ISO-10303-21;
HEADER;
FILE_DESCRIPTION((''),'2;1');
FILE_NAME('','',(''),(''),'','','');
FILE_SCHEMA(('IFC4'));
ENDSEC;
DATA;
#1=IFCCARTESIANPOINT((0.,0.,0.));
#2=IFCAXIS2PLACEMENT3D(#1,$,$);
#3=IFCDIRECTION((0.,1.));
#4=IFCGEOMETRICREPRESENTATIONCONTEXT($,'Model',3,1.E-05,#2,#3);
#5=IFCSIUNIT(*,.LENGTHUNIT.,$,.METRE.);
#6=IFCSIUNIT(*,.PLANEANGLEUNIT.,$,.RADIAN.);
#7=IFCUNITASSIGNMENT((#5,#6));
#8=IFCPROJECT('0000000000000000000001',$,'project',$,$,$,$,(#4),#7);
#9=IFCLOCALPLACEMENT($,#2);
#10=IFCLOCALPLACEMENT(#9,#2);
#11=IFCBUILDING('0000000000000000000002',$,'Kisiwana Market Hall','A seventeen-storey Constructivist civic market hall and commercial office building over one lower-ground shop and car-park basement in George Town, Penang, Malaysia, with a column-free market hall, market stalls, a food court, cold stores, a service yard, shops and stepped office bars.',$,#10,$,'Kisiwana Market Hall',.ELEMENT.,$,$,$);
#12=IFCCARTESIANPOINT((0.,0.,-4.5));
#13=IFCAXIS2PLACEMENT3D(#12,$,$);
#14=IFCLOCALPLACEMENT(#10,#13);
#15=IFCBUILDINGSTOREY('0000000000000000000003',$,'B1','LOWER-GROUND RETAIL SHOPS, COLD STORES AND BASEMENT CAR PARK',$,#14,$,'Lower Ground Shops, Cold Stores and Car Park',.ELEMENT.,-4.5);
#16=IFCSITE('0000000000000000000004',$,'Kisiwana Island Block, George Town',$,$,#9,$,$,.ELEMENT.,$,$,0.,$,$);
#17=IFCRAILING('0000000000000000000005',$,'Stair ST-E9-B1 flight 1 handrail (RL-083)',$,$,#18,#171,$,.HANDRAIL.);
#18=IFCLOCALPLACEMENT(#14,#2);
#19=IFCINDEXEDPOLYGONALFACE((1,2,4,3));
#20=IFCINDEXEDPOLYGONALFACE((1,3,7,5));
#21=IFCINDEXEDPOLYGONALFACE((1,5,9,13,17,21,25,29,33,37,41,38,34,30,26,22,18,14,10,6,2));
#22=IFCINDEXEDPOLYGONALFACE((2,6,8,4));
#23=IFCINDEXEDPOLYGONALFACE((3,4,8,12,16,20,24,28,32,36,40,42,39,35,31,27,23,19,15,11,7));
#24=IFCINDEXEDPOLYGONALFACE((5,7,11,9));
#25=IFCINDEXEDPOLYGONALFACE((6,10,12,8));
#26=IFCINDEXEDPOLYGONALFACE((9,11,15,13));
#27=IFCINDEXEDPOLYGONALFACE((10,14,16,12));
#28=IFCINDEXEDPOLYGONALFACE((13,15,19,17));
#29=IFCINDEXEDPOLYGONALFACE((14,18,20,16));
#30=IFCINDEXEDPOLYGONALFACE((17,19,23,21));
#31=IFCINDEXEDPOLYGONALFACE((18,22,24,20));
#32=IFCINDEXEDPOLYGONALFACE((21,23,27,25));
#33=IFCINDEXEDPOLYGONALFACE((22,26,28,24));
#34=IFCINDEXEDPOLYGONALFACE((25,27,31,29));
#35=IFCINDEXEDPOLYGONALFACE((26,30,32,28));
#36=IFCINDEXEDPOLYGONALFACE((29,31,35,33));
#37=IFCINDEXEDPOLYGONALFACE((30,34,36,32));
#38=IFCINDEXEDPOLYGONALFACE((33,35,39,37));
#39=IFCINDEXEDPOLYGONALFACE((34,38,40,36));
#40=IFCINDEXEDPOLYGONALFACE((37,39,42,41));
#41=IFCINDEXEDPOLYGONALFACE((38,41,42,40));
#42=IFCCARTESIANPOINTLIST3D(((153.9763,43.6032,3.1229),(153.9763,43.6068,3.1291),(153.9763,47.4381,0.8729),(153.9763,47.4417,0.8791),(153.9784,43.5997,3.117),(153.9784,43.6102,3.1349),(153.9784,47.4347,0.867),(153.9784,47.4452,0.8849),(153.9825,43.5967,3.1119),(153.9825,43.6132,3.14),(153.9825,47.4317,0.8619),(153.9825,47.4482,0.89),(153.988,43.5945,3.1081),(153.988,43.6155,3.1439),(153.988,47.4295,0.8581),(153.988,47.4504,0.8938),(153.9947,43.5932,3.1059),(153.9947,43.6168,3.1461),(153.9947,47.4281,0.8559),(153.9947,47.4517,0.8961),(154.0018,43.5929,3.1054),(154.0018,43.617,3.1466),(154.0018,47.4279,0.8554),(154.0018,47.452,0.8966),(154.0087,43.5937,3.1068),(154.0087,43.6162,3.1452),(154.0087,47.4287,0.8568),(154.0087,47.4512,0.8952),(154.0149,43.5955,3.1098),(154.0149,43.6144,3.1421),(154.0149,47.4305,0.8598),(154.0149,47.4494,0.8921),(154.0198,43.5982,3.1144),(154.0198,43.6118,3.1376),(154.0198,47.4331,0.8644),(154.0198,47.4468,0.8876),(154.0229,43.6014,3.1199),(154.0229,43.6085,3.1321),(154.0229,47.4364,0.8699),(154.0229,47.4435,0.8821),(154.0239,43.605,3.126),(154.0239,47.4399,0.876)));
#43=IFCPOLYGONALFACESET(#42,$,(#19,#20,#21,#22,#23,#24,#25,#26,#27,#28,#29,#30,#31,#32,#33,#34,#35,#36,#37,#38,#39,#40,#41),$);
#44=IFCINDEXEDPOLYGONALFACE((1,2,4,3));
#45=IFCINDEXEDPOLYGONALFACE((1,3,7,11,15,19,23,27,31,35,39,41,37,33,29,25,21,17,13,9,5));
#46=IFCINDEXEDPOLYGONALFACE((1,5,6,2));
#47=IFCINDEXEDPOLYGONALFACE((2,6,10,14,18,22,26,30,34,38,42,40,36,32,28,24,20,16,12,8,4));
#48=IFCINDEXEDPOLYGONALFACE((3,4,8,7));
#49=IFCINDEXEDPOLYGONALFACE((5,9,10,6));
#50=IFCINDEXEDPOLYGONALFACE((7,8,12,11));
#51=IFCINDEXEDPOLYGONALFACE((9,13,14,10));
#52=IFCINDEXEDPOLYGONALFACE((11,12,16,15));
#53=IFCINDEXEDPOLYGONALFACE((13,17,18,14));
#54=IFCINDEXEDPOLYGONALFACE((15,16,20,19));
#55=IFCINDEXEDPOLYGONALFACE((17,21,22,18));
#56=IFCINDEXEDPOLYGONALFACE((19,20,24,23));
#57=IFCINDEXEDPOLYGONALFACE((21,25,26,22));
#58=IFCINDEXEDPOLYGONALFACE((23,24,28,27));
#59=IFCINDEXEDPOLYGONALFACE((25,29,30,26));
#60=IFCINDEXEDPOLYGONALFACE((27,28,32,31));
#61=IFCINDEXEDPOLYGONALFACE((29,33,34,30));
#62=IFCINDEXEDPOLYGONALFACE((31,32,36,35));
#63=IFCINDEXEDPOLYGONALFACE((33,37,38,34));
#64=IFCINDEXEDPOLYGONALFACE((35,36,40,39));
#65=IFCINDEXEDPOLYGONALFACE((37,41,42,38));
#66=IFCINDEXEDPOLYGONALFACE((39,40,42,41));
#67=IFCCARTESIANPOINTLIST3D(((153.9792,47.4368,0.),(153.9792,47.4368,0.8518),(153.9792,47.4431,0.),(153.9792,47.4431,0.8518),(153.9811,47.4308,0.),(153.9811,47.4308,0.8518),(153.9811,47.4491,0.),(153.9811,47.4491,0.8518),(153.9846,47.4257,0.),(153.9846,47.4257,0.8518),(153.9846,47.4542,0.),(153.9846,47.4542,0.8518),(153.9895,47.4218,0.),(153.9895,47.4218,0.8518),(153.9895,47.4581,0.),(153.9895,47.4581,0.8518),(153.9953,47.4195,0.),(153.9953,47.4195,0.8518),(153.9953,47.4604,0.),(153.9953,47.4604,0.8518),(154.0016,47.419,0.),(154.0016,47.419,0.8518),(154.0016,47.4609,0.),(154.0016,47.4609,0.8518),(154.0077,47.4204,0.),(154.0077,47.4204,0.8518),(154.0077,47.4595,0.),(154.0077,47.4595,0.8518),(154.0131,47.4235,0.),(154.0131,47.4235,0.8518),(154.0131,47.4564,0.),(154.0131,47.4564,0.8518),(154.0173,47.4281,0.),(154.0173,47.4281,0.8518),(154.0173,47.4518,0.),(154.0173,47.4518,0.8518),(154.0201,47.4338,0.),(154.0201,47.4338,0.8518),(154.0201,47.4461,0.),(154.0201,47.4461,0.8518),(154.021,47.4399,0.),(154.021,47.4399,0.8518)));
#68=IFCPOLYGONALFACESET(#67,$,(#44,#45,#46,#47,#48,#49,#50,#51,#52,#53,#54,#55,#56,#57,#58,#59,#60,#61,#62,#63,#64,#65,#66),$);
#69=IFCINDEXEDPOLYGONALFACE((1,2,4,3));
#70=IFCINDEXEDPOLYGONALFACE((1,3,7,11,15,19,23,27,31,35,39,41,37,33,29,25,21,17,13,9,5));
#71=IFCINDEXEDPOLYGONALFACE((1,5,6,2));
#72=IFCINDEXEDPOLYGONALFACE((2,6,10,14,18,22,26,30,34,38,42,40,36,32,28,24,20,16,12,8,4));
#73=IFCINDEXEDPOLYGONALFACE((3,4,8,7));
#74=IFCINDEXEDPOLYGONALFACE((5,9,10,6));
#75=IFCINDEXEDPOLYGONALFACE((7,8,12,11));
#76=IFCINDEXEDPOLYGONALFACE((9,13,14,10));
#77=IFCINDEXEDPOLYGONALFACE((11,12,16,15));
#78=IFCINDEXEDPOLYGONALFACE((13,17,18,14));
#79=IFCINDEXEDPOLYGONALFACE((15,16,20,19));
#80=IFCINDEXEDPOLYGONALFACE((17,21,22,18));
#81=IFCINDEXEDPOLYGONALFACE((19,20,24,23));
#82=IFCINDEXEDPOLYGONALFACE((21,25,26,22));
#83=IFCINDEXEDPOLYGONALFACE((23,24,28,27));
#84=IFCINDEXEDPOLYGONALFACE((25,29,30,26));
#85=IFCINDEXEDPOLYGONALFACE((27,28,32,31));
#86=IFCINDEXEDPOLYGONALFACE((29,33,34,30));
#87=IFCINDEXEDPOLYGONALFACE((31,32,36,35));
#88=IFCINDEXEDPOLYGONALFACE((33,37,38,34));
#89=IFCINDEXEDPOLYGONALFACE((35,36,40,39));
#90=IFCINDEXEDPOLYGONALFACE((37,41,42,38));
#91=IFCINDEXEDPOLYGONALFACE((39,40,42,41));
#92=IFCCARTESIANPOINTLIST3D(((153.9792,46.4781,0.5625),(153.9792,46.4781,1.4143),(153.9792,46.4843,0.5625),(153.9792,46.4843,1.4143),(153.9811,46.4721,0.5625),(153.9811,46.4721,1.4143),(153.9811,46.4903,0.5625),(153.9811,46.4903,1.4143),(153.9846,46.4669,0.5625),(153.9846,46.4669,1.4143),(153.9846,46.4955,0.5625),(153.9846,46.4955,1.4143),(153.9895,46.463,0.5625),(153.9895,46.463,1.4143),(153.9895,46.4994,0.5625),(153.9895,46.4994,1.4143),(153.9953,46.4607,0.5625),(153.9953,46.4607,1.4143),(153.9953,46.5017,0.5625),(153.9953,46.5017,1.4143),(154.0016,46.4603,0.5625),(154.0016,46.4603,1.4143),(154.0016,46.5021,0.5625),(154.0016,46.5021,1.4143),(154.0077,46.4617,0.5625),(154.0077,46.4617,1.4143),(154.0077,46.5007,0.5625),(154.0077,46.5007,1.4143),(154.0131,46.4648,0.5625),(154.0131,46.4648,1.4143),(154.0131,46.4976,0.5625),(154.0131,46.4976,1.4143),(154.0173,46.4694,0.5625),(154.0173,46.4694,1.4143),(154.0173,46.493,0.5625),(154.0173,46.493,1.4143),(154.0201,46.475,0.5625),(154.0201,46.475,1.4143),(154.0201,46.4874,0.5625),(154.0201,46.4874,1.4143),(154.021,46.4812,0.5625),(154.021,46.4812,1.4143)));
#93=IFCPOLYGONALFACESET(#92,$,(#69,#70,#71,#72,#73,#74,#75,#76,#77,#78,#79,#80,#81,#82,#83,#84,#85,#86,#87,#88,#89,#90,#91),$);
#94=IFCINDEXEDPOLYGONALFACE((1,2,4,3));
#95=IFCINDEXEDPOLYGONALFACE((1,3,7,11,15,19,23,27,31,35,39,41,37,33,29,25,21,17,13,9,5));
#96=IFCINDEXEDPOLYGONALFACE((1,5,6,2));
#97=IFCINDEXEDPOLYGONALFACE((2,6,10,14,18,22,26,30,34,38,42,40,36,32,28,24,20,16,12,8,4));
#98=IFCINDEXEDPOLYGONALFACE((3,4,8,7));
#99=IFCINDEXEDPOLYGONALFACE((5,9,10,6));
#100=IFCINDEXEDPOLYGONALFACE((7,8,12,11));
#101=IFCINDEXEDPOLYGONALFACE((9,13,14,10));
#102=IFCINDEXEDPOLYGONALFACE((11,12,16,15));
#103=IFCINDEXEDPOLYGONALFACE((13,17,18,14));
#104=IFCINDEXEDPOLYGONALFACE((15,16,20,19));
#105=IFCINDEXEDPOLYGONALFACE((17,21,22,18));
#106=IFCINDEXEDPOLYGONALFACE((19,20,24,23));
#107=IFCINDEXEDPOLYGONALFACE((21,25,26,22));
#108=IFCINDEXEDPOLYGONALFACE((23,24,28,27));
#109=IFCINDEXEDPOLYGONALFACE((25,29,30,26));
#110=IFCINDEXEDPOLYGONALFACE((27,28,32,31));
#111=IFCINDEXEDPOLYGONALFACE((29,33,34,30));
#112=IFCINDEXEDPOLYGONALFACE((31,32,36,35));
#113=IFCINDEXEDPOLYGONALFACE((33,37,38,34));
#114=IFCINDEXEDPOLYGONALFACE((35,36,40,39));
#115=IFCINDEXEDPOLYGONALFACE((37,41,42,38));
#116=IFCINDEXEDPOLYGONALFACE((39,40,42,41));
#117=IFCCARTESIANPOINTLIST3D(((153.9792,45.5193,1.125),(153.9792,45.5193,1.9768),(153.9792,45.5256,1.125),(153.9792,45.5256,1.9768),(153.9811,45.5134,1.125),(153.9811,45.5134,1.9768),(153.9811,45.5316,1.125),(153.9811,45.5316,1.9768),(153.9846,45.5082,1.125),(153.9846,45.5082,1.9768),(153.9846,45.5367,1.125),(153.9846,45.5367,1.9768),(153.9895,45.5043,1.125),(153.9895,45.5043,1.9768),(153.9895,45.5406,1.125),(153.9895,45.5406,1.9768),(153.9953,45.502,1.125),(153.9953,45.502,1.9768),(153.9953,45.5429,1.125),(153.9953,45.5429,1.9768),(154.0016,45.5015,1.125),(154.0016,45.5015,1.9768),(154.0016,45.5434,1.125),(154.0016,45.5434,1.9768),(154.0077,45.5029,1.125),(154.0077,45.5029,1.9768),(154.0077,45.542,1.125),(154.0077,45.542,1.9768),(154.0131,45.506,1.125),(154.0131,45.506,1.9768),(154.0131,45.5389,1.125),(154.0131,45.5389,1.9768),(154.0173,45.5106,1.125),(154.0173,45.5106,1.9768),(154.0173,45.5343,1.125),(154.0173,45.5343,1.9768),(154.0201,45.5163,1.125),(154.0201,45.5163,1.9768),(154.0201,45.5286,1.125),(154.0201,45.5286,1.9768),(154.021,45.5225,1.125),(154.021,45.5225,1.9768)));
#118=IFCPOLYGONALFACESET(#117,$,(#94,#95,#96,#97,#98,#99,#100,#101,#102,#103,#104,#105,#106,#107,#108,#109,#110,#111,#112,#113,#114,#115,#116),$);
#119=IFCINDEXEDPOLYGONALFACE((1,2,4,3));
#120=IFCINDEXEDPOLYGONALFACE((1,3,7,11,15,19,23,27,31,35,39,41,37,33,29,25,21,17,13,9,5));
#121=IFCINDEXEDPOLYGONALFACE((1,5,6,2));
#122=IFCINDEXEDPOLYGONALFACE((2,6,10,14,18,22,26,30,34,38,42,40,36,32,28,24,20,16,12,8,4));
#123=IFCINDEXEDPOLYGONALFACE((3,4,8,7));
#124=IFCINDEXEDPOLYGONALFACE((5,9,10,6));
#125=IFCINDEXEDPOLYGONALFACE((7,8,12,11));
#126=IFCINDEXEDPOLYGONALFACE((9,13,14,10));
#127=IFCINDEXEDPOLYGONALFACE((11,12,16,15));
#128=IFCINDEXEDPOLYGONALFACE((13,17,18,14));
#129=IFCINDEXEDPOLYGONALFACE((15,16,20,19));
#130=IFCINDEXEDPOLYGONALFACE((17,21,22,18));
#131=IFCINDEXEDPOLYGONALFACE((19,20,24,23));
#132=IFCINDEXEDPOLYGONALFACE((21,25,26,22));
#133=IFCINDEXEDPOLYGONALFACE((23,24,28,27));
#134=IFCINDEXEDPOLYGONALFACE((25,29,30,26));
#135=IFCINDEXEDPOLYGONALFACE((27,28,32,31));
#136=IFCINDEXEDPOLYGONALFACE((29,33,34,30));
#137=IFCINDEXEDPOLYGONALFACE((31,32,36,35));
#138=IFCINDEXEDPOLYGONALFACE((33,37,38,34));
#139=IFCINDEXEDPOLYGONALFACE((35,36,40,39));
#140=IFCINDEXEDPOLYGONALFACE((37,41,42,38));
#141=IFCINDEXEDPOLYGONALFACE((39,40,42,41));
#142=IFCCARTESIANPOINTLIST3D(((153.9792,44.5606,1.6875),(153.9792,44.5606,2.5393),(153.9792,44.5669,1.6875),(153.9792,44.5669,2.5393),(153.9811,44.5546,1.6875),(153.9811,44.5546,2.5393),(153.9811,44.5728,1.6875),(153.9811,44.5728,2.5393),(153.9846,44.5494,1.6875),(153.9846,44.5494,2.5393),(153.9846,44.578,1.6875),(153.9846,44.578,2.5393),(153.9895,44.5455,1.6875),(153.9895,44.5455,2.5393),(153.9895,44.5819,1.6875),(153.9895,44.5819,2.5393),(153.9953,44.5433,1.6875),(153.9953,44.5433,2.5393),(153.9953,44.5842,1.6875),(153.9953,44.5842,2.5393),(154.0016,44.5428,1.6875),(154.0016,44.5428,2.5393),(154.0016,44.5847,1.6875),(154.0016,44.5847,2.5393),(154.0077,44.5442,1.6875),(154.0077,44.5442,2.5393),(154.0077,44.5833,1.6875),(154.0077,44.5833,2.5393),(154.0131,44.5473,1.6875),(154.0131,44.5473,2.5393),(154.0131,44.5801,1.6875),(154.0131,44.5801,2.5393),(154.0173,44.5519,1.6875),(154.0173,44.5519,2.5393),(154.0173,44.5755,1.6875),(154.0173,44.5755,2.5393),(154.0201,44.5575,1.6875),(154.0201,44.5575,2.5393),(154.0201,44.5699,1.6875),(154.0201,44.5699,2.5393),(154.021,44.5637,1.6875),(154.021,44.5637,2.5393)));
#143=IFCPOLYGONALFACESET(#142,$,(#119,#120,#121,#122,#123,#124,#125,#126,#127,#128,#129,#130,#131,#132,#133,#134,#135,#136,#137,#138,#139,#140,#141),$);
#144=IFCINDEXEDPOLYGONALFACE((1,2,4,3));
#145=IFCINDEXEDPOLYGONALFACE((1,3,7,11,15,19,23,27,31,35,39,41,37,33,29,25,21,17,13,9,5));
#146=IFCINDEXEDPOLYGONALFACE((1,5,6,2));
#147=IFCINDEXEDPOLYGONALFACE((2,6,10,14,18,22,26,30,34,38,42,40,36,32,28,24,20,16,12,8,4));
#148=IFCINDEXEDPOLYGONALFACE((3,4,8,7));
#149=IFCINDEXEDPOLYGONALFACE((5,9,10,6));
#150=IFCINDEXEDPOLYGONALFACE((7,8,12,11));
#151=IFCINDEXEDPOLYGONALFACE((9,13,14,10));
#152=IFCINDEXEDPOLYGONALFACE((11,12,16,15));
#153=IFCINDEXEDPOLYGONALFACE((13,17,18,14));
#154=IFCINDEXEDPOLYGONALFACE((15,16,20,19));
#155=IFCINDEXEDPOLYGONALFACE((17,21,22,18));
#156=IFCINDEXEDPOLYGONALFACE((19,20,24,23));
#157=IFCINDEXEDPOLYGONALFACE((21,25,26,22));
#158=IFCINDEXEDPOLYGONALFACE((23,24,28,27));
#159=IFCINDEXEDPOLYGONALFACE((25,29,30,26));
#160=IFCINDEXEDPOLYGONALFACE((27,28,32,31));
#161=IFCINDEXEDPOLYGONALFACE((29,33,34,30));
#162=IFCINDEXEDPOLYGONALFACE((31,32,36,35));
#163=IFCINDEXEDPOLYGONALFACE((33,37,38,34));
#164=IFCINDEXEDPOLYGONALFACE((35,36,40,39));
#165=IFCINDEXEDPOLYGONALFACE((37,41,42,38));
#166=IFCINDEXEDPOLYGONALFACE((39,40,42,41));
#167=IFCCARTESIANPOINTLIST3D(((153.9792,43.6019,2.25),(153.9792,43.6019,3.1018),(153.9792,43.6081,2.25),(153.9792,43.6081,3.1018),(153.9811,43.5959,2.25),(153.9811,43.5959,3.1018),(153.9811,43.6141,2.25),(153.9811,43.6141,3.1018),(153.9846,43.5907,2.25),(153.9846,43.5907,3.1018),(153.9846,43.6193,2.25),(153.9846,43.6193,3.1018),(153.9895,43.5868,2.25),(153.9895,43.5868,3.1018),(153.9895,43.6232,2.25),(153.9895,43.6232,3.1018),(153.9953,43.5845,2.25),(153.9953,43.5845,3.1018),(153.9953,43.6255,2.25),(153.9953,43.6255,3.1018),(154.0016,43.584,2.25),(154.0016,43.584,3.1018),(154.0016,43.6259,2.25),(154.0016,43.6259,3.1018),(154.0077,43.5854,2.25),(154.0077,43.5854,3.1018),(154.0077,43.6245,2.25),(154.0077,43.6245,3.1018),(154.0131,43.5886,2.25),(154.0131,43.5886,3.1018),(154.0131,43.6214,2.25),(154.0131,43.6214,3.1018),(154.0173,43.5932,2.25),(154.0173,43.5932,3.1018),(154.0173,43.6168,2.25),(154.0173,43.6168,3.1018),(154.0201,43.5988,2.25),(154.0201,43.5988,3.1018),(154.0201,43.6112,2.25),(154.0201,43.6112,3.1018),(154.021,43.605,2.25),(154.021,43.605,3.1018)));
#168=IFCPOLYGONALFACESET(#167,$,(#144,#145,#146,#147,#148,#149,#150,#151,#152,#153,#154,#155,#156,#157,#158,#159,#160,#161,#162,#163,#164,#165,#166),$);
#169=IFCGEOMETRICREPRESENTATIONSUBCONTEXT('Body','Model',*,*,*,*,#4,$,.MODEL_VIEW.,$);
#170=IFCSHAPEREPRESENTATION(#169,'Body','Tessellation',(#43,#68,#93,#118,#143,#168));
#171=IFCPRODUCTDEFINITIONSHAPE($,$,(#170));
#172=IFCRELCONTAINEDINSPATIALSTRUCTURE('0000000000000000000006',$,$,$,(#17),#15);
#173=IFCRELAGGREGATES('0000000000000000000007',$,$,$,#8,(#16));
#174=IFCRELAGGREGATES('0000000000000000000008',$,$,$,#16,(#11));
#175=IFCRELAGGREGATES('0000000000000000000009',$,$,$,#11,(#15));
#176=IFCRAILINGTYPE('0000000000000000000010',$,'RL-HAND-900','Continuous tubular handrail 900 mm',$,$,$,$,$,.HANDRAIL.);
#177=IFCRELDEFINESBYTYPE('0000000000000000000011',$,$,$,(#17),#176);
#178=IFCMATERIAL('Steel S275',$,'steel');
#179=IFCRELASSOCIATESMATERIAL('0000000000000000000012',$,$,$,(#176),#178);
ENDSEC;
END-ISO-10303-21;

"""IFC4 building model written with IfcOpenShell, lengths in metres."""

from ifc_helpers import new_model, si_unit, direction, frame, origin, origin_2d, place, context, subcontext, project, spatial, circle, extrude, material, type_object, element, save


model = new_model("IFC4")

# Units and contexts
model_context = context("Model", 3, precision=1e-05, world=origin(), true_north=direction((0.0, 1.0)))
body_context = subcontext(model_context, "Body", "Model", "MODEL_VIEW")
ifc_project = project(units=[si_unit("LENGTHUNIT", "METRE"), si_unit("PLANEANGLEUNIT", "RADIAN")], contexts=[model_context])

# Site, building, storey
site_placement = place(None, origin())
site = spatial("IfcSite", under=ifc_project, at=site_placement, Name="Kisiwana Island Block, George Town", CompositionType="ELEMENT", RefElevation=0.0)
building_placement = place(site_placement, origin())
building = spatial("IfcBuilding", under=site, at=building_placement, Name="Kisiwana Market Hall", Description="A seventeen-storey Constructivist civic market hall and commercial office building over one lower-ground shop and car-park basement in George Town, Penang, Malaysia, with a column-free market hall, market stalls, a food court, cold stores, a service yard, shops and stepped office bars.", LongName="Kisiwana Market Hall", CompositionType="ELEMENT")
storey_placement = place(building_placement, frame((0.0, 0.0, -4.5)))
storey = spatial("IfcBuildingStorey", under=building, at=storey_placement, Name="B1", Description="LOWER-GROUND RETAIL SHOPS, COLD STORES AND BASEMENT CAR PARK", LongName="Lower Ground Shops, Cold Stores and Car Park", CompositionType="ELEMENT", Elevation=-4.5)

# Railing
ifc_material_1 = material(Name="Steel S275", Category="steel")
railing_type_1 = type_object("IfcRailingType", Name="RL-HAND-900", Description="Continuous tubular handrail 900 mm", PredefinedType="HANDRAIL", material=ifc_material_1)
for number, where, name in (
    (1, (154.0, 47.4399, 0.0), "Stair ST-E9-B1 flight 1 handrail (RL-083)"),
):
    element("IfcRailing", number, at=place(storey_placement, frame(where)), inside=storey, type_object=railing_type_1, Name=name, PredefinedType="HANDRAIL", context=body_context, shape_type="SweptSolid", body=[
        extrude(circle(Radius=0.0239, at=origin_2d()), frame((0.0, 0.0, 0.876), z_axis=(0.0, -0.86251, 0.506041), x_axis=(1.0, 0.0, 0.0)), (0.0, 0.0, 1.0), 4.4463),
        extrude(circle(Radius=0.021, at=origin_2d()), origin(), (0.0, 0.0, 1.0), 0.8518),
        extrude(circle(Radius=0.021, at=origin_2d()), frame((0.0, -0.9587, 0.5625)), (0.0, 0.0, 1.0), 0.8518),
        extrude(circle(Radius=0.021, at=origin_2d()), frame((0.0, -1.9175, 1.125)), (0.0, 0.0, 1.0), 0.8518),
        extrude(circle(Radius=0.021, at=origin_2d()), frame((0.0, -2.8762, 1.6875)), (0.0, 0.0, 1.0), 0.8518),
        extrude(circle(Radius=0.021, at=origin_2d()), frame((0.0, -3.835, 2.25)), (0.0, 0.0, 1.0), 0.8518),
    ])

save(model, "model.ifc")
